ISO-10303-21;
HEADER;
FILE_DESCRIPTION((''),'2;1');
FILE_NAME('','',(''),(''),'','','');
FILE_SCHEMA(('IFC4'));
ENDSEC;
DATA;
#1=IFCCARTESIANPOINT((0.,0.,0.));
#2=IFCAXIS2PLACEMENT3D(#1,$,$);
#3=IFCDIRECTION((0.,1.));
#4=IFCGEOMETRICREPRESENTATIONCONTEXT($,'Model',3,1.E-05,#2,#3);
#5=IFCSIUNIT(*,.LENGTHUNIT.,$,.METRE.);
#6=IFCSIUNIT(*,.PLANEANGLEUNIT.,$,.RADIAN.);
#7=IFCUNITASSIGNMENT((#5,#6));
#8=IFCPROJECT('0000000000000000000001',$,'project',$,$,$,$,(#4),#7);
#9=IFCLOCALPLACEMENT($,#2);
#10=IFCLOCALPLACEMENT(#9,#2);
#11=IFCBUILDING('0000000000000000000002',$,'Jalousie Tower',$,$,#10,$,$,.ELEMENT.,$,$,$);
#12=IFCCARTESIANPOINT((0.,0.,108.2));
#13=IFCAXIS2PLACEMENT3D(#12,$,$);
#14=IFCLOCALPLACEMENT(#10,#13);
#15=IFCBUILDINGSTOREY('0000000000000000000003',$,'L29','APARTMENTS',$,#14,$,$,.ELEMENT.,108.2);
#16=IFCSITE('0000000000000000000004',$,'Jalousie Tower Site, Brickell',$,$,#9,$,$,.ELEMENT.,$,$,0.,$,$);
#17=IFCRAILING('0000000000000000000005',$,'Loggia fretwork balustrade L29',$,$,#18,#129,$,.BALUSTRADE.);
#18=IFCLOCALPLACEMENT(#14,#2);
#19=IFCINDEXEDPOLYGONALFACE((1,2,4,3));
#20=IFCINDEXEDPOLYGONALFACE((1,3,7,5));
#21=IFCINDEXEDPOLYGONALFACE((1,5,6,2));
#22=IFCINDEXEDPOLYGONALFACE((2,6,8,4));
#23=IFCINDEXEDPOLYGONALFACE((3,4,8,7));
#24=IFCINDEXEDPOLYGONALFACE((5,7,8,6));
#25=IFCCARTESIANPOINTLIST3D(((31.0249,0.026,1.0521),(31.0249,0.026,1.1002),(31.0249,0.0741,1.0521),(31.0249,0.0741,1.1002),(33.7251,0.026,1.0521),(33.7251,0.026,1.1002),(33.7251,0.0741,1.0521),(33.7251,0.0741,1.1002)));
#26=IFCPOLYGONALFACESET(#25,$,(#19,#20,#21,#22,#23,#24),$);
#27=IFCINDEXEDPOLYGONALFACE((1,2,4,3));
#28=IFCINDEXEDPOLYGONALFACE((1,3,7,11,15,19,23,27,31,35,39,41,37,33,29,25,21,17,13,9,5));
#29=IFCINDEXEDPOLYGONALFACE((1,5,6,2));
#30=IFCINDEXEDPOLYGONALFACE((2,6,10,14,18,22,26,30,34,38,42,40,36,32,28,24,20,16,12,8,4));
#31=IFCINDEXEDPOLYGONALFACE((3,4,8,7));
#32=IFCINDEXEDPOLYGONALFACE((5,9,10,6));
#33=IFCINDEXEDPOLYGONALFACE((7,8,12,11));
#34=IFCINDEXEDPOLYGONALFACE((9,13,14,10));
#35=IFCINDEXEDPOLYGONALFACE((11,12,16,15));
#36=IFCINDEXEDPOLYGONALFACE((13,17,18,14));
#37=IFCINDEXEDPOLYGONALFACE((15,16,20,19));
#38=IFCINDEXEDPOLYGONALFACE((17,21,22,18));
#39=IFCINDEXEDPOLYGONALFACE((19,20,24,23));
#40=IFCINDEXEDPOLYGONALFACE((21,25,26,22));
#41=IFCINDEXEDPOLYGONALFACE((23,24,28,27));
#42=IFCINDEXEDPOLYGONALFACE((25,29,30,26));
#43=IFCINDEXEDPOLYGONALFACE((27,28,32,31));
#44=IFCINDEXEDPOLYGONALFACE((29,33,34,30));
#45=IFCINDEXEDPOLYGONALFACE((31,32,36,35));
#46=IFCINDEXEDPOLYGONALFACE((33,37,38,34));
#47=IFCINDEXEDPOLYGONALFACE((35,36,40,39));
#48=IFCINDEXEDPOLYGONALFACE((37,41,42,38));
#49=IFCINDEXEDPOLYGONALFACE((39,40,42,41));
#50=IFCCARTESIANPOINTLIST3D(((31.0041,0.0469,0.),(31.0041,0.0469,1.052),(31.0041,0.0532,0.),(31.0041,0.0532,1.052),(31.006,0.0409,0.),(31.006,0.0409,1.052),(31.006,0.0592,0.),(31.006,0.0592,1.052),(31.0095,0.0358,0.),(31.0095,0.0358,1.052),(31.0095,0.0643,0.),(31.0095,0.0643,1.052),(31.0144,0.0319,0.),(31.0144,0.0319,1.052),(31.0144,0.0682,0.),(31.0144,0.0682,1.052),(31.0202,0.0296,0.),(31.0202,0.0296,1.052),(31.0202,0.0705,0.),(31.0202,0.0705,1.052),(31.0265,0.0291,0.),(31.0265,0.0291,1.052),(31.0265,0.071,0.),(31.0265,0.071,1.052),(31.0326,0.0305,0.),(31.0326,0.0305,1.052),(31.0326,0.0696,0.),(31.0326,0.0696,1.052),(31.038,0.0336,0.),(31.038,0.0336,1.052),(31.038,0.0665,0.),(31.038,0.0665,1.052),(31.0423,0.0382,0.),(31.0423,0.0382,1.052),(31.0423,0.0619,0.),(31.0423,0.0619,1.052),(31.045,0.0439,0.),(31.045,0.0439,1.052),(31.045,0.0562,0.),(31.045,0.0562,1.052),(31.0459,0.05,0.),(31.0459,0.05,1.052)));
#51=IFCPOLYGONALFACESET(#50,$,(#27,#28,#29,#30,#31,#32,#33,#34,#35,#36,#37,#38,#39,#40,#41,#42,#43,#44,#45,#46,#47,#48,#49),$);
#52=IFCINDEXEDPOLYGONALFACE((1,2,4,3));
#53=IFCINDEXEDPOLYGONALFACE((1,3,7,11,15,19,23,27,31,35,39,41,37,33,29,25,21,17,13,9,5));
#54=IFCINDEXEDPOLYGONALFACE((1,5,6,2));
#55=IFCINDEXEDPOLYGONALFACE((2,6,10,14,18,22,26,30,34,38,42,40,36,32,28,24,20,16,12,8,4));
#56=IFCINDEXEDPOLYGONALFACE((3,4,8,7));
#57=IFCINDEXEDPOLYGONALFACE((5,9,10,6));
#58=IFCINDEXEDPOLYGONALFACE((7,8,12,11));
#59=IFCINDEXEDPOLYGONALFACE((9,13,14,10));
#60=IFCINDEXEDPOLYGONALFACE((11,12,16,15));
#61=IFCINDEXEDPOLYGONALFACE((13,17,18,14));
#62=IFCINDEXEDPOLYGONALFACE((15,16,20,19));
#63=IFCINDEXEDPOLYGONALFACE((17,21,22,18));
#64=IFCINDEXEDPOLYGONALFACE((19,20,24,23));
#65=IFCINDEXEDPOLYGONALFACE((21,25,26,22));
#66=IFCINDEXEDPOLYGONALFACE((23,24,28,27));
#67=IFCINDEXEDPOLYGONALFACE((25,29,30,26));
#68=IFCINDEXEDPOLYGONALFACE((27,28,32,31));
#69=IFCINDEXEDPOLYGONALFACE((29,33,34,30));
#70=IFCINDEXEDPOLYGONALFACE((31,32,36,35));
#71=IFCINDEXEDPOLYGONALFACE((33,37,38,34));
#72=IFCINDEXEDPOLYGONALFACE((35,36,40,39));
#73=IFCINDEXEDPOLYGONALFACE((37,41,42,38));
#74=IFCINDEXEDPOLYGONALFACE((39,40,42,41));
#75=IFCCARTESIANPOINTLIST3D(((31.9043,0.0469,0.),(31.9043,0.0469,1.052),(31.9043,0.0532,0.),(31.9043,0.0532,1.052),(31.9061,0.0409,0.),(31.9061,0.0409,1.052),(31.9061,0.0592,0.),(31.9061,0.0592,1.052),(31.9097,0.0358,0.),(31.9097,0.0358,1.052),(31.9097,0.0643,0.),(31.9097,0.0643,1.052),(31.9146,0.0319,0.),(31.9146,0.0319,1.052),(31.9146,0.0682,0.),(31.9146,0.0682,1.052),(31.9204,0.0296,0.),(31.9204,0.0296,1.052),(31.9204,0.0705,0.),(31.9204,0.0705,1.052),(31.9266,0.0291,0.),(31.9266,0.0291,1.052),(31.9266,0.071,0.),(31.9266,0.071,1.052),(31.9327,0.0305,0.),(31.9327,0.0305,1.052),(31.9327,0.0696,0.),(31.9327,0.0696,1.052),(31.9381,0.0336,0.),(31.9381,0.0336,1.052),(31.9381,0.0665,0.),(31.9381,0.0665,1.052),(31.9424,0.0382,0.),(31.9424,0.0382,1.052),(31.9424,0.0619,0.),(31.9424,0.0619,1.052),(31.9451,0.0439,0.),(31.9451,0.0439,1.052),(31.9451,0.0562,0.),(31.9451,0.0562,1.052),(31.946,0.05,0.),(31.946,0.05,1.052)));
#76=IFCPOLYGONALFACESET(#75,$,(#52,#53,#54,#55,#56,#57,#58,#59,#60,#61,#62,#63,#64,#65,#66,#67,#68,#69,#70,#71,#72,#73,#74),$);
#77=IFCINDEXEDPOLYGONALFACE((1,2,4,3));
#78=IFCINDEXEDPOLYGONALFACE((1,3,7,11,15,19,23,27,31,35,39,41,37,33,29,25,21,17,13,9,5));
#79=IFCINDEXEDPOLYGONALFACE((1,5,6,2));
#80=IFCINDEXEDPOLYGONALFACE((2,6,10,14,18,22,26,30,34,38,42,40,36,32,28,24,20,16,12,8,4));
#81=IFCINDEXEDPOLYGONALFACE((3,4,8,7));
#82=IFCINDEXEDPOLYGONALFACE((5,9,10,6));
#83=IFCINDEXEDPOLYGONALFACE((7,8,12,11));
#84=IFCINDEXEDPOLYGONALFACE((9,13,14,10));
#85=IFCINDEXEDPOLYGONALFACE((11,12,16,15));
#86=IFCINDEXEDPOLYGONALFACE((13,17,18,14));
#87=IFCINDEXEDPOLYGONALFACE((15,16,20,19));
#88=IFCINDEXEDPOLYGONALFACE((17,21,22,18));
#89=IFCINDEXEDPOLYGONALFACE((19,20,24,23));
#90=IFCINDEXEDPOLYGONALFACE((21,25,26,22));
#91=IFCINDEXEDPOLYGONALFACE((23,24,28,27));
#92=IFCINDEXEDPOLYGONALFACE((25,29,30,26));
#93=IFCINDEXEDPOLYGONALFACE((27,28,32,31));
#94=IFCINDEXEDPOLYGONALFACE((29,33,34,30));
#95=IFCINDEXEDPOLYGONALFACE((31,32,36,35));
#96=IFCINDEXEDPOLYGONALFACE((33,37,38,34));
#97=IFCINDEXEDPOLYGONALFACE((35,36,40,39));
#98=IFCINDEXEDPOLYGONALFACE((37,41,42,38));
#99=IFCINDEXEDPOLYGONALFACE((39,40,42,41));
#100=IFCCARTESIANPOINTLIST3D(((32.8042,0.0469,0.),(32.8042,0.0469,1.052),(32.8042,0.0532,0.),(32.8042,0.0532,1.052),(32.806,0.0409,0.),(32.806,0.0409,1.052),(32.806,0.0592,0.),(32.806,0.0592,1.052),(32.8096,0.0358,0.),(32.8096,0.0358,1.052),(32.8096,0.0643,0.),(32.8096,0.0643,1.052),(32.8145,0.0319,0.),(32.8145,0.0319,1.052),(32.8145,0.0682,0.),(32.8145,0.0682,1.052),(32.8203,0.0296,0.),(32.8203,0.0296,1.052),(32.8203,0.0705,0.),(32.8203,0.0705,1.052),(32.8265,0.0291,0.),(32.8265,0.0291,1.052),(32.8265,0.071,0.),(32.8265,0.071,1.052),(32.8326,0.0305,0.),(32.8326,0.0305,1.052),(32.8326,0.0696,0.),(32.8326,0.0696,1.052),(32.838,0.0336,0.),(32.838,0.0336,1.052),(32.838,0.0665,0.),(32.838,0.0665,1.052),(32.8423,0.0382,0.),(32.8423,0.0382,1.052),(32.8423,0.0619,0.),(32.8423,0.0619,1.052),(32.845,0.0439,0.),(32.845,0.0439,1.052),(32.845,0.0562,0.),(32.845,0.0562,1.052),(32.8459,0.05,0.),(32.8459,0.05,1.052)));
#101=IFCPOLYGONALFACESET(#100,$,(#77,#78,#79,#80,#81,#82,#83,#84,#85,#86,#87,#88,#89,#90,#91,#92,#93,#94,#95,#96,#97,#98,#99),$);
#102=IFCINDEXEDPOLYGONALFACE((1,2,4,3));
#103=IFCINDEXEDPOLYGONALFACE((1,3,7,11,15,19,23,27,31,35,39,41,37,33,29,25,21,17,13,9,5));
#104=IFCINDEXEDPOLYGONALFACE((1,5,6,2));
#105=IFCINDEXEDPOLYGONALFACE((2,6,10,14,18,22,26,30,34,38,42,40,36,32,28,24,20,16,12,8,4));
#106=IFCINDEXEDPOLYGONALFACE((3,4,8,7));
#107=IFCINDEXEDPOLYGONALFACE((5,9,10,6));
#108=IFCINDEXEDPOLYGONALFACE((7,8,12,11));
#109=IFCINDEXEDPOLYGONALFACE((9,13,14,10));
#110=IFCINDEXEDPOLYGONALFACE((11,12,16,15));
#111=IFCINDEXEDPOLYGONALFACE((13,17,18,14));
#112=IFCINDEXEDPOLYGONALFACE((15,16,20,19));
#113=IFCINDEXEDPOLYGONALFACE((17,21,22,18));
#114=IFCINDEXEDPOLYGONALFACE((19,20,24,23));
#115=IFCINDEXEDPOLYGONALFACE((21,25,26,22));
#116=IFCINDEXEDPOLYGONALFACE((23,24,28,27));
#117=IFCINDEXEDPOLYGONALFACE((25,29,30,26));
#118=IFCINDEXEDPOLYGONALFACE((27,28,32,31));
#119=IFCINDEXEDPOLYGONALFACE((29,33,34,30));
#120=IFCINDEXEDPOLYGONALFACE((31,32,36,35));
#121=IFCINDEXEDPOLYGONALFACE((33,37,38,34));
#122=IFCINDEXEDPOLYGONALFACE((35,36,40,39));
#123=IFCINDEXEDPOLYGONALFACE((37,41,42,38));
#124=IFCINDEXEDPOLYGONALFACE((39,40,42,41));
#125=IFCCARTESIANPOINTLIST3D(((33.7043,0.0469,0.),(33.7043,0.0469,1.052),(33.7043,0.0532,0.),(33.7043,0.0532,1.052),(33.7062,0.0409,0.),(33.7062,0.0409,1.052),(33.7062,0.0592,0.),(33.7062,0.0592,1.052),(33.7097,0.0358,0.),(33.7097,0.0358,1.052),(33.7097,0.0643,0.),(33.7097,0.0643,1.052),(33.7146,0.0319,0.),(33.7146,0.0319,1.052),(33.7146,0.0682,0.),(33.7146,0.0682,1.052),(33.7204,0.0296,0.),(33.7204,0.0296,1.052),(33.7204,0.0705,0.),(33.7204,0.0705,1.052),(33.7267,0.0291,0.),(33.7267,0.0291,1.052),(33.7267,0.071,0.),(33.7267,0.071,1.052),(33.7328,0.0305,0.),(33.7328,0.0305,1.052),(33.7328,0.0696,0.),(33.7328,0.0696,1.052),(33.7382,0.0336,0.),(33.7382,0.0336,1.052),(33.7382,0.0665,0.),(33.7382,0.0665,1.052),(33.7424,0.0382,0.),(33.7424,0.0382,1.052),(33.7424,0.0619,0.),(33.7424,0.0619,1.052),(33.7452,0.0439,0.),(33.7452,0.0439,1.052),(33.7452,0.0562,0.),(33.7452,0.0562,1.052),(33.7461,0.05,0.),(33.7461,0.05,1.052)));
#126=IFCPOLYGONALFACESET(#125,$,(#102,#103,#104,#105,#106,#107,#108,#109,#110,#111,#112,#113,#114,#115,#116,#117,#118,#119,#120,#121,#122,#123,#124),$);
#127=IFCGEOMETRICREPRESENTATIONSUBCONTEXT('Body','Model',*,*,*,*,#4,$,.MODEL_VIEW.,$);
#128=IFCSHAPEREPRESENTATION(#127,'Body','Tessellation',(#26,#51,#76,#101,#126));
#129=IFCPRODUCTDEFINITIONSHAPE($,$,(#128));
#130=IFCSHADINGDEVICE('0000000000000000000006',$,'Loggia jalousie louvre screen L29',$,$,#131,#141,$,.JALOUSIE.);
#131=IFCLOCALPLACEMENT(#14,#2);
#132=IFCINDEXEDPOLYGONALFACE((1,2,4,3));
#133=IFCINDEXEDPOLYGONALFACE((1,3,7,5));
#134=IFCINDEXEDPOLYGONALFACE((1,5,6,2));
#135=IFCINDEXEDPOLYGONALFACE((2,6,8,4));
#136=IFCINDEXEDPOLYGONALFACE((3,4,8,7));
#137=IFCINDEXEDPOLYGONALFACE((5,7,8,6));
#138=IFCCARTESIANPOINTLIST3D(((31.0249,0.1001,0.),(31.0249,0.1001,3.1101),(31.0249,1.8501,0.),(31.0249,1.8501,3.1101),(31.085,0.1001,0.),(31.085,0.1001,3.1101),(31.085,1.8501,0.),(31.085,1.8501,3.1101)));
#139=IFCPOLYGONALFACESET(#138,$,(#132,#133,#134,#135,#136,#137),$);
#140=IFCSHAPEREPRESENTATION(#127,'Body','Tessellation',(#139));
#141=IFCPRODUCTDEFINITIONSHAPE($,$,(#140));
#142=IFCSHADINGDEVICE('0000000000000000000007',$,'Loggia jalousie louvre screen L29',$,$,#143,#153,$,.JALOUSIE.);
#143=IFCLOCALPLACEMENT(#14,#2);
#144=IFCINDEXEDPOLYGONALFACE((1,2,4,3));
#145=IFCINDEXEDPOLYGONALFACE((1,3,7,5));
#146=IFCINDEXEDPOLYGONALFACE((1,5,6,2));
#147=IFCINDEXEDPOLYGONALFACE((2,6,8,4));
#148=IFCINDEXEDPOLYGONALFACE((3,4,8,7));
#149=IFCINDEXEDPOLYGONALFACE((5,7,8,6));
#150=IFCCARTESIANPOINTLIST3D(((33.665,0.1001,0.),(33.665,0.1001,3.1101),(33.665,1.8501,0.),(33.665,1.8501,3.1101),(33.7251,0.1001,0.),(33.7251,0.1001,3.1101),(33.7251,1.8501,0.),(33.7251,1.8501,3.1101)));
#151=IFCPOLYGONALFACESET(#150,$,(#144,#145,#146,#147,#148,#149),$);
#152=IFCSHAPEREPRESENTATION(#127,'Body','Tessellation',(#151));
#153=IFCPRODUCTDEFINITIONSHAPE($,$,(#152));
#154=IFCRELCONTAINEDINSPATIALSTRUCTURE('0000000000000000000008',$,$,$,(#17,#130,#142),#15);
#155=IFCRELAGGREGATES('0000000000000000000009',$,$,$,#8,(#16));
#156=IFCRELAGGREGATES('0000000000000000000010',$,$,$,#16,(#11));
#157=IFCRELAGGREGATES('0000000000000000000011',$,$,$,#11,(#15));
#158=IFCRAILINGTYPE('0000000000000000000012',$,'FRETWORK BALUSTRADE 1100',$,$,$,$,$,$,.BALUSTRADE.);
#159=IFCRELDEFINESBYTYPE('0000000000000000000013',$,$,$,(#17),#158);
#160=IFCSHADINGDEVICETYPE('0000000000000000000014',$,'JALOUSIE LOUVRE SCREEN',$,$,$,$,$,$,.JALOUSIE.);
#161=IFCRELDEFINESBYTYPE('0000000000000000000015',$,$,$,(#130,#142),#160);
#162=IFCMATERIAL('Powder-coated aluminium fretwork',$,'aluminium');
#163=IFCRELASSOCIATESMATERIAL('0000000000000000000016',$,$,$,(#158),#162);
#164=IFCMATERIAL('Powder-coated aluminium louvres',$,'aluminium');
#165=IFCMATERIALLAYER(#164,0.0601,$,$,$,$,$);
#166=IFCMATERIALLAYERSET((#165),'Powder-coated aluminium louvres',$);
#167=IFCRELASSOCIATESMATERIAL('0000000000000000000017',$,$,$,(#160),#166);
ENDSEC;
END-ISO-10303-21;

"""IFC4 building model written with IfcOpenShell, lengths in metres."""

from ifc_helpers import new_model, si_unit, direction, frame, origin, origin_2d, place, context, subcontext, project, spatial, rectangle, circle, extrude, material, layer, layer_set, type_object, element, save


model = new_model("IFC4")

# Units and contexts
model_context = context("Model", 3, precision=1e-05, world=origin(), true_north=direction((0.0, 1.0)))
body_context = subcontext(model_context, "Body", "Model", "MODEL_VIEW")
ifc_project = project(units=[si_unit("LENGTHUNIT", "METRE"), si_unit("PLANEANGLEUNIT", "RADIAN")], contexts=[model_context])

# Site, building, storey
site_placement = place(None, origin())
site = spatial("IfcSite", under=ifc_project, at=site_placement, Name="Jalousie Tower Site, Brickell", CompositionType="ELEMENT", RefElevation=0.0)
building_placement = place(site_placement, origin())
building = spatial("IfcBuilding", under=site, at=building_placement, Name="Jalousie Tower", CompositionType="ELEMENT")
storey_placement = place(building_placement, frame((0.0, 0.0, 108.2)))
storey = spatial("IfcBuildingStorey", under=building, at=storey_placement, Name="L29", Description="APARTMENTS", CompositionType="ELEMENT", Elevation=108.2)

# Railing
ifc_material_1 = material(Name="Powder-coated aluminium fretwork", Category="aluminium")
railing_type = type_object("IfcRailingType", Name="FRETWORK BALUSTRADE 1100", PredefinedType="BALUSTRADE", material=ifc_material_1)
railing_placement = place(storey_placement, frame((31.0249, 0.05, 0.0)))
element("IfcRailing", 1, at=railing_placement, inside=storey, type_object=railing_type, Name="Loggia fretwork balustrade L29", PredefinedType="BALUSTRADE", context=body_context, shape_type="SweptSolid", body=[
    extrude(rectangle(XDim=0.0481, YDim=0.0481, at=origin_2d()), frame((0.0, 0.0, 1.0762), z_axis=(1.0, 0.0, 0.0), x_axis=(0.0, 1.0, 0.0)), (0.0, 0.0, 1.0), 2.7002),
    extrude(circle(Radius=0.021, at=origin_2d()), origin(), (0.0, 0.0, 1.0), 1.052),
    extrude(circle(Radius=0.021, at=origin_2d()), frame((0.9001, 0.0, 0.0)), (0.0, 0.0, 1.0), 1.052),
    extrude(circle(Radius=0.021, at=origin_2d()), frame((1.8, 0.0, 0.0)), (0.0, 0.0, 1.0), 1.052),
    extrude(circle(Radius=0.021, at=origin_2d()), frame((2.7002, 0.0, 0.0)), (0.0, 0.0, 1.0), 1.052),
])

# Shading devices
ifc_material_2 = material(Name="Powder-coated aluminium louvres", Category="aluminium")
ifc_layer_1 = layer(ifc_material_2, 0.0601)
ifc_layer_set_1 = layer_set([ifc_layer_1], Name="Powder-coated aluminium louvres")
shading_device_type_1 = type_object("IfcShadingDeviceType", Name="JALOUSIE LOUVRE SCREEN", PredefinedType="JALOUSIE", material=ifc_layer_set_1)
for number, where, z_axis, x_axis, name in (
    (2, (31.0549, 0.9751, 0.0), (0.0, 0.0, 1.0), (1.0, 0.0, 0.0), "Loggia jalousie louvre screen L29"),
    (3, (33.6951, 0.9751, 0.0), (0.0, 0.0, 1.0), (1.0, 0.0, 0.0), "Loggia jalousie louvre screen L29"),
):
    element("IfcShadingDevice", number, at=place(storey_placement, frame(where, z_axis=z_axis, x_axis=x_axis)), inside=storey, type_object=shading_device_type_1, Name=name, PredefinedType="JALOUSIE", context=body_context, shape_type="SweptSolid", body=[
        extrude(rectangle(XDim=0.0601, YDim=1.75, at=origin_2d()), origin(), (0.0, 0.0, 1.0), 3.1101),
    ])

save(model, "model.ifc")
